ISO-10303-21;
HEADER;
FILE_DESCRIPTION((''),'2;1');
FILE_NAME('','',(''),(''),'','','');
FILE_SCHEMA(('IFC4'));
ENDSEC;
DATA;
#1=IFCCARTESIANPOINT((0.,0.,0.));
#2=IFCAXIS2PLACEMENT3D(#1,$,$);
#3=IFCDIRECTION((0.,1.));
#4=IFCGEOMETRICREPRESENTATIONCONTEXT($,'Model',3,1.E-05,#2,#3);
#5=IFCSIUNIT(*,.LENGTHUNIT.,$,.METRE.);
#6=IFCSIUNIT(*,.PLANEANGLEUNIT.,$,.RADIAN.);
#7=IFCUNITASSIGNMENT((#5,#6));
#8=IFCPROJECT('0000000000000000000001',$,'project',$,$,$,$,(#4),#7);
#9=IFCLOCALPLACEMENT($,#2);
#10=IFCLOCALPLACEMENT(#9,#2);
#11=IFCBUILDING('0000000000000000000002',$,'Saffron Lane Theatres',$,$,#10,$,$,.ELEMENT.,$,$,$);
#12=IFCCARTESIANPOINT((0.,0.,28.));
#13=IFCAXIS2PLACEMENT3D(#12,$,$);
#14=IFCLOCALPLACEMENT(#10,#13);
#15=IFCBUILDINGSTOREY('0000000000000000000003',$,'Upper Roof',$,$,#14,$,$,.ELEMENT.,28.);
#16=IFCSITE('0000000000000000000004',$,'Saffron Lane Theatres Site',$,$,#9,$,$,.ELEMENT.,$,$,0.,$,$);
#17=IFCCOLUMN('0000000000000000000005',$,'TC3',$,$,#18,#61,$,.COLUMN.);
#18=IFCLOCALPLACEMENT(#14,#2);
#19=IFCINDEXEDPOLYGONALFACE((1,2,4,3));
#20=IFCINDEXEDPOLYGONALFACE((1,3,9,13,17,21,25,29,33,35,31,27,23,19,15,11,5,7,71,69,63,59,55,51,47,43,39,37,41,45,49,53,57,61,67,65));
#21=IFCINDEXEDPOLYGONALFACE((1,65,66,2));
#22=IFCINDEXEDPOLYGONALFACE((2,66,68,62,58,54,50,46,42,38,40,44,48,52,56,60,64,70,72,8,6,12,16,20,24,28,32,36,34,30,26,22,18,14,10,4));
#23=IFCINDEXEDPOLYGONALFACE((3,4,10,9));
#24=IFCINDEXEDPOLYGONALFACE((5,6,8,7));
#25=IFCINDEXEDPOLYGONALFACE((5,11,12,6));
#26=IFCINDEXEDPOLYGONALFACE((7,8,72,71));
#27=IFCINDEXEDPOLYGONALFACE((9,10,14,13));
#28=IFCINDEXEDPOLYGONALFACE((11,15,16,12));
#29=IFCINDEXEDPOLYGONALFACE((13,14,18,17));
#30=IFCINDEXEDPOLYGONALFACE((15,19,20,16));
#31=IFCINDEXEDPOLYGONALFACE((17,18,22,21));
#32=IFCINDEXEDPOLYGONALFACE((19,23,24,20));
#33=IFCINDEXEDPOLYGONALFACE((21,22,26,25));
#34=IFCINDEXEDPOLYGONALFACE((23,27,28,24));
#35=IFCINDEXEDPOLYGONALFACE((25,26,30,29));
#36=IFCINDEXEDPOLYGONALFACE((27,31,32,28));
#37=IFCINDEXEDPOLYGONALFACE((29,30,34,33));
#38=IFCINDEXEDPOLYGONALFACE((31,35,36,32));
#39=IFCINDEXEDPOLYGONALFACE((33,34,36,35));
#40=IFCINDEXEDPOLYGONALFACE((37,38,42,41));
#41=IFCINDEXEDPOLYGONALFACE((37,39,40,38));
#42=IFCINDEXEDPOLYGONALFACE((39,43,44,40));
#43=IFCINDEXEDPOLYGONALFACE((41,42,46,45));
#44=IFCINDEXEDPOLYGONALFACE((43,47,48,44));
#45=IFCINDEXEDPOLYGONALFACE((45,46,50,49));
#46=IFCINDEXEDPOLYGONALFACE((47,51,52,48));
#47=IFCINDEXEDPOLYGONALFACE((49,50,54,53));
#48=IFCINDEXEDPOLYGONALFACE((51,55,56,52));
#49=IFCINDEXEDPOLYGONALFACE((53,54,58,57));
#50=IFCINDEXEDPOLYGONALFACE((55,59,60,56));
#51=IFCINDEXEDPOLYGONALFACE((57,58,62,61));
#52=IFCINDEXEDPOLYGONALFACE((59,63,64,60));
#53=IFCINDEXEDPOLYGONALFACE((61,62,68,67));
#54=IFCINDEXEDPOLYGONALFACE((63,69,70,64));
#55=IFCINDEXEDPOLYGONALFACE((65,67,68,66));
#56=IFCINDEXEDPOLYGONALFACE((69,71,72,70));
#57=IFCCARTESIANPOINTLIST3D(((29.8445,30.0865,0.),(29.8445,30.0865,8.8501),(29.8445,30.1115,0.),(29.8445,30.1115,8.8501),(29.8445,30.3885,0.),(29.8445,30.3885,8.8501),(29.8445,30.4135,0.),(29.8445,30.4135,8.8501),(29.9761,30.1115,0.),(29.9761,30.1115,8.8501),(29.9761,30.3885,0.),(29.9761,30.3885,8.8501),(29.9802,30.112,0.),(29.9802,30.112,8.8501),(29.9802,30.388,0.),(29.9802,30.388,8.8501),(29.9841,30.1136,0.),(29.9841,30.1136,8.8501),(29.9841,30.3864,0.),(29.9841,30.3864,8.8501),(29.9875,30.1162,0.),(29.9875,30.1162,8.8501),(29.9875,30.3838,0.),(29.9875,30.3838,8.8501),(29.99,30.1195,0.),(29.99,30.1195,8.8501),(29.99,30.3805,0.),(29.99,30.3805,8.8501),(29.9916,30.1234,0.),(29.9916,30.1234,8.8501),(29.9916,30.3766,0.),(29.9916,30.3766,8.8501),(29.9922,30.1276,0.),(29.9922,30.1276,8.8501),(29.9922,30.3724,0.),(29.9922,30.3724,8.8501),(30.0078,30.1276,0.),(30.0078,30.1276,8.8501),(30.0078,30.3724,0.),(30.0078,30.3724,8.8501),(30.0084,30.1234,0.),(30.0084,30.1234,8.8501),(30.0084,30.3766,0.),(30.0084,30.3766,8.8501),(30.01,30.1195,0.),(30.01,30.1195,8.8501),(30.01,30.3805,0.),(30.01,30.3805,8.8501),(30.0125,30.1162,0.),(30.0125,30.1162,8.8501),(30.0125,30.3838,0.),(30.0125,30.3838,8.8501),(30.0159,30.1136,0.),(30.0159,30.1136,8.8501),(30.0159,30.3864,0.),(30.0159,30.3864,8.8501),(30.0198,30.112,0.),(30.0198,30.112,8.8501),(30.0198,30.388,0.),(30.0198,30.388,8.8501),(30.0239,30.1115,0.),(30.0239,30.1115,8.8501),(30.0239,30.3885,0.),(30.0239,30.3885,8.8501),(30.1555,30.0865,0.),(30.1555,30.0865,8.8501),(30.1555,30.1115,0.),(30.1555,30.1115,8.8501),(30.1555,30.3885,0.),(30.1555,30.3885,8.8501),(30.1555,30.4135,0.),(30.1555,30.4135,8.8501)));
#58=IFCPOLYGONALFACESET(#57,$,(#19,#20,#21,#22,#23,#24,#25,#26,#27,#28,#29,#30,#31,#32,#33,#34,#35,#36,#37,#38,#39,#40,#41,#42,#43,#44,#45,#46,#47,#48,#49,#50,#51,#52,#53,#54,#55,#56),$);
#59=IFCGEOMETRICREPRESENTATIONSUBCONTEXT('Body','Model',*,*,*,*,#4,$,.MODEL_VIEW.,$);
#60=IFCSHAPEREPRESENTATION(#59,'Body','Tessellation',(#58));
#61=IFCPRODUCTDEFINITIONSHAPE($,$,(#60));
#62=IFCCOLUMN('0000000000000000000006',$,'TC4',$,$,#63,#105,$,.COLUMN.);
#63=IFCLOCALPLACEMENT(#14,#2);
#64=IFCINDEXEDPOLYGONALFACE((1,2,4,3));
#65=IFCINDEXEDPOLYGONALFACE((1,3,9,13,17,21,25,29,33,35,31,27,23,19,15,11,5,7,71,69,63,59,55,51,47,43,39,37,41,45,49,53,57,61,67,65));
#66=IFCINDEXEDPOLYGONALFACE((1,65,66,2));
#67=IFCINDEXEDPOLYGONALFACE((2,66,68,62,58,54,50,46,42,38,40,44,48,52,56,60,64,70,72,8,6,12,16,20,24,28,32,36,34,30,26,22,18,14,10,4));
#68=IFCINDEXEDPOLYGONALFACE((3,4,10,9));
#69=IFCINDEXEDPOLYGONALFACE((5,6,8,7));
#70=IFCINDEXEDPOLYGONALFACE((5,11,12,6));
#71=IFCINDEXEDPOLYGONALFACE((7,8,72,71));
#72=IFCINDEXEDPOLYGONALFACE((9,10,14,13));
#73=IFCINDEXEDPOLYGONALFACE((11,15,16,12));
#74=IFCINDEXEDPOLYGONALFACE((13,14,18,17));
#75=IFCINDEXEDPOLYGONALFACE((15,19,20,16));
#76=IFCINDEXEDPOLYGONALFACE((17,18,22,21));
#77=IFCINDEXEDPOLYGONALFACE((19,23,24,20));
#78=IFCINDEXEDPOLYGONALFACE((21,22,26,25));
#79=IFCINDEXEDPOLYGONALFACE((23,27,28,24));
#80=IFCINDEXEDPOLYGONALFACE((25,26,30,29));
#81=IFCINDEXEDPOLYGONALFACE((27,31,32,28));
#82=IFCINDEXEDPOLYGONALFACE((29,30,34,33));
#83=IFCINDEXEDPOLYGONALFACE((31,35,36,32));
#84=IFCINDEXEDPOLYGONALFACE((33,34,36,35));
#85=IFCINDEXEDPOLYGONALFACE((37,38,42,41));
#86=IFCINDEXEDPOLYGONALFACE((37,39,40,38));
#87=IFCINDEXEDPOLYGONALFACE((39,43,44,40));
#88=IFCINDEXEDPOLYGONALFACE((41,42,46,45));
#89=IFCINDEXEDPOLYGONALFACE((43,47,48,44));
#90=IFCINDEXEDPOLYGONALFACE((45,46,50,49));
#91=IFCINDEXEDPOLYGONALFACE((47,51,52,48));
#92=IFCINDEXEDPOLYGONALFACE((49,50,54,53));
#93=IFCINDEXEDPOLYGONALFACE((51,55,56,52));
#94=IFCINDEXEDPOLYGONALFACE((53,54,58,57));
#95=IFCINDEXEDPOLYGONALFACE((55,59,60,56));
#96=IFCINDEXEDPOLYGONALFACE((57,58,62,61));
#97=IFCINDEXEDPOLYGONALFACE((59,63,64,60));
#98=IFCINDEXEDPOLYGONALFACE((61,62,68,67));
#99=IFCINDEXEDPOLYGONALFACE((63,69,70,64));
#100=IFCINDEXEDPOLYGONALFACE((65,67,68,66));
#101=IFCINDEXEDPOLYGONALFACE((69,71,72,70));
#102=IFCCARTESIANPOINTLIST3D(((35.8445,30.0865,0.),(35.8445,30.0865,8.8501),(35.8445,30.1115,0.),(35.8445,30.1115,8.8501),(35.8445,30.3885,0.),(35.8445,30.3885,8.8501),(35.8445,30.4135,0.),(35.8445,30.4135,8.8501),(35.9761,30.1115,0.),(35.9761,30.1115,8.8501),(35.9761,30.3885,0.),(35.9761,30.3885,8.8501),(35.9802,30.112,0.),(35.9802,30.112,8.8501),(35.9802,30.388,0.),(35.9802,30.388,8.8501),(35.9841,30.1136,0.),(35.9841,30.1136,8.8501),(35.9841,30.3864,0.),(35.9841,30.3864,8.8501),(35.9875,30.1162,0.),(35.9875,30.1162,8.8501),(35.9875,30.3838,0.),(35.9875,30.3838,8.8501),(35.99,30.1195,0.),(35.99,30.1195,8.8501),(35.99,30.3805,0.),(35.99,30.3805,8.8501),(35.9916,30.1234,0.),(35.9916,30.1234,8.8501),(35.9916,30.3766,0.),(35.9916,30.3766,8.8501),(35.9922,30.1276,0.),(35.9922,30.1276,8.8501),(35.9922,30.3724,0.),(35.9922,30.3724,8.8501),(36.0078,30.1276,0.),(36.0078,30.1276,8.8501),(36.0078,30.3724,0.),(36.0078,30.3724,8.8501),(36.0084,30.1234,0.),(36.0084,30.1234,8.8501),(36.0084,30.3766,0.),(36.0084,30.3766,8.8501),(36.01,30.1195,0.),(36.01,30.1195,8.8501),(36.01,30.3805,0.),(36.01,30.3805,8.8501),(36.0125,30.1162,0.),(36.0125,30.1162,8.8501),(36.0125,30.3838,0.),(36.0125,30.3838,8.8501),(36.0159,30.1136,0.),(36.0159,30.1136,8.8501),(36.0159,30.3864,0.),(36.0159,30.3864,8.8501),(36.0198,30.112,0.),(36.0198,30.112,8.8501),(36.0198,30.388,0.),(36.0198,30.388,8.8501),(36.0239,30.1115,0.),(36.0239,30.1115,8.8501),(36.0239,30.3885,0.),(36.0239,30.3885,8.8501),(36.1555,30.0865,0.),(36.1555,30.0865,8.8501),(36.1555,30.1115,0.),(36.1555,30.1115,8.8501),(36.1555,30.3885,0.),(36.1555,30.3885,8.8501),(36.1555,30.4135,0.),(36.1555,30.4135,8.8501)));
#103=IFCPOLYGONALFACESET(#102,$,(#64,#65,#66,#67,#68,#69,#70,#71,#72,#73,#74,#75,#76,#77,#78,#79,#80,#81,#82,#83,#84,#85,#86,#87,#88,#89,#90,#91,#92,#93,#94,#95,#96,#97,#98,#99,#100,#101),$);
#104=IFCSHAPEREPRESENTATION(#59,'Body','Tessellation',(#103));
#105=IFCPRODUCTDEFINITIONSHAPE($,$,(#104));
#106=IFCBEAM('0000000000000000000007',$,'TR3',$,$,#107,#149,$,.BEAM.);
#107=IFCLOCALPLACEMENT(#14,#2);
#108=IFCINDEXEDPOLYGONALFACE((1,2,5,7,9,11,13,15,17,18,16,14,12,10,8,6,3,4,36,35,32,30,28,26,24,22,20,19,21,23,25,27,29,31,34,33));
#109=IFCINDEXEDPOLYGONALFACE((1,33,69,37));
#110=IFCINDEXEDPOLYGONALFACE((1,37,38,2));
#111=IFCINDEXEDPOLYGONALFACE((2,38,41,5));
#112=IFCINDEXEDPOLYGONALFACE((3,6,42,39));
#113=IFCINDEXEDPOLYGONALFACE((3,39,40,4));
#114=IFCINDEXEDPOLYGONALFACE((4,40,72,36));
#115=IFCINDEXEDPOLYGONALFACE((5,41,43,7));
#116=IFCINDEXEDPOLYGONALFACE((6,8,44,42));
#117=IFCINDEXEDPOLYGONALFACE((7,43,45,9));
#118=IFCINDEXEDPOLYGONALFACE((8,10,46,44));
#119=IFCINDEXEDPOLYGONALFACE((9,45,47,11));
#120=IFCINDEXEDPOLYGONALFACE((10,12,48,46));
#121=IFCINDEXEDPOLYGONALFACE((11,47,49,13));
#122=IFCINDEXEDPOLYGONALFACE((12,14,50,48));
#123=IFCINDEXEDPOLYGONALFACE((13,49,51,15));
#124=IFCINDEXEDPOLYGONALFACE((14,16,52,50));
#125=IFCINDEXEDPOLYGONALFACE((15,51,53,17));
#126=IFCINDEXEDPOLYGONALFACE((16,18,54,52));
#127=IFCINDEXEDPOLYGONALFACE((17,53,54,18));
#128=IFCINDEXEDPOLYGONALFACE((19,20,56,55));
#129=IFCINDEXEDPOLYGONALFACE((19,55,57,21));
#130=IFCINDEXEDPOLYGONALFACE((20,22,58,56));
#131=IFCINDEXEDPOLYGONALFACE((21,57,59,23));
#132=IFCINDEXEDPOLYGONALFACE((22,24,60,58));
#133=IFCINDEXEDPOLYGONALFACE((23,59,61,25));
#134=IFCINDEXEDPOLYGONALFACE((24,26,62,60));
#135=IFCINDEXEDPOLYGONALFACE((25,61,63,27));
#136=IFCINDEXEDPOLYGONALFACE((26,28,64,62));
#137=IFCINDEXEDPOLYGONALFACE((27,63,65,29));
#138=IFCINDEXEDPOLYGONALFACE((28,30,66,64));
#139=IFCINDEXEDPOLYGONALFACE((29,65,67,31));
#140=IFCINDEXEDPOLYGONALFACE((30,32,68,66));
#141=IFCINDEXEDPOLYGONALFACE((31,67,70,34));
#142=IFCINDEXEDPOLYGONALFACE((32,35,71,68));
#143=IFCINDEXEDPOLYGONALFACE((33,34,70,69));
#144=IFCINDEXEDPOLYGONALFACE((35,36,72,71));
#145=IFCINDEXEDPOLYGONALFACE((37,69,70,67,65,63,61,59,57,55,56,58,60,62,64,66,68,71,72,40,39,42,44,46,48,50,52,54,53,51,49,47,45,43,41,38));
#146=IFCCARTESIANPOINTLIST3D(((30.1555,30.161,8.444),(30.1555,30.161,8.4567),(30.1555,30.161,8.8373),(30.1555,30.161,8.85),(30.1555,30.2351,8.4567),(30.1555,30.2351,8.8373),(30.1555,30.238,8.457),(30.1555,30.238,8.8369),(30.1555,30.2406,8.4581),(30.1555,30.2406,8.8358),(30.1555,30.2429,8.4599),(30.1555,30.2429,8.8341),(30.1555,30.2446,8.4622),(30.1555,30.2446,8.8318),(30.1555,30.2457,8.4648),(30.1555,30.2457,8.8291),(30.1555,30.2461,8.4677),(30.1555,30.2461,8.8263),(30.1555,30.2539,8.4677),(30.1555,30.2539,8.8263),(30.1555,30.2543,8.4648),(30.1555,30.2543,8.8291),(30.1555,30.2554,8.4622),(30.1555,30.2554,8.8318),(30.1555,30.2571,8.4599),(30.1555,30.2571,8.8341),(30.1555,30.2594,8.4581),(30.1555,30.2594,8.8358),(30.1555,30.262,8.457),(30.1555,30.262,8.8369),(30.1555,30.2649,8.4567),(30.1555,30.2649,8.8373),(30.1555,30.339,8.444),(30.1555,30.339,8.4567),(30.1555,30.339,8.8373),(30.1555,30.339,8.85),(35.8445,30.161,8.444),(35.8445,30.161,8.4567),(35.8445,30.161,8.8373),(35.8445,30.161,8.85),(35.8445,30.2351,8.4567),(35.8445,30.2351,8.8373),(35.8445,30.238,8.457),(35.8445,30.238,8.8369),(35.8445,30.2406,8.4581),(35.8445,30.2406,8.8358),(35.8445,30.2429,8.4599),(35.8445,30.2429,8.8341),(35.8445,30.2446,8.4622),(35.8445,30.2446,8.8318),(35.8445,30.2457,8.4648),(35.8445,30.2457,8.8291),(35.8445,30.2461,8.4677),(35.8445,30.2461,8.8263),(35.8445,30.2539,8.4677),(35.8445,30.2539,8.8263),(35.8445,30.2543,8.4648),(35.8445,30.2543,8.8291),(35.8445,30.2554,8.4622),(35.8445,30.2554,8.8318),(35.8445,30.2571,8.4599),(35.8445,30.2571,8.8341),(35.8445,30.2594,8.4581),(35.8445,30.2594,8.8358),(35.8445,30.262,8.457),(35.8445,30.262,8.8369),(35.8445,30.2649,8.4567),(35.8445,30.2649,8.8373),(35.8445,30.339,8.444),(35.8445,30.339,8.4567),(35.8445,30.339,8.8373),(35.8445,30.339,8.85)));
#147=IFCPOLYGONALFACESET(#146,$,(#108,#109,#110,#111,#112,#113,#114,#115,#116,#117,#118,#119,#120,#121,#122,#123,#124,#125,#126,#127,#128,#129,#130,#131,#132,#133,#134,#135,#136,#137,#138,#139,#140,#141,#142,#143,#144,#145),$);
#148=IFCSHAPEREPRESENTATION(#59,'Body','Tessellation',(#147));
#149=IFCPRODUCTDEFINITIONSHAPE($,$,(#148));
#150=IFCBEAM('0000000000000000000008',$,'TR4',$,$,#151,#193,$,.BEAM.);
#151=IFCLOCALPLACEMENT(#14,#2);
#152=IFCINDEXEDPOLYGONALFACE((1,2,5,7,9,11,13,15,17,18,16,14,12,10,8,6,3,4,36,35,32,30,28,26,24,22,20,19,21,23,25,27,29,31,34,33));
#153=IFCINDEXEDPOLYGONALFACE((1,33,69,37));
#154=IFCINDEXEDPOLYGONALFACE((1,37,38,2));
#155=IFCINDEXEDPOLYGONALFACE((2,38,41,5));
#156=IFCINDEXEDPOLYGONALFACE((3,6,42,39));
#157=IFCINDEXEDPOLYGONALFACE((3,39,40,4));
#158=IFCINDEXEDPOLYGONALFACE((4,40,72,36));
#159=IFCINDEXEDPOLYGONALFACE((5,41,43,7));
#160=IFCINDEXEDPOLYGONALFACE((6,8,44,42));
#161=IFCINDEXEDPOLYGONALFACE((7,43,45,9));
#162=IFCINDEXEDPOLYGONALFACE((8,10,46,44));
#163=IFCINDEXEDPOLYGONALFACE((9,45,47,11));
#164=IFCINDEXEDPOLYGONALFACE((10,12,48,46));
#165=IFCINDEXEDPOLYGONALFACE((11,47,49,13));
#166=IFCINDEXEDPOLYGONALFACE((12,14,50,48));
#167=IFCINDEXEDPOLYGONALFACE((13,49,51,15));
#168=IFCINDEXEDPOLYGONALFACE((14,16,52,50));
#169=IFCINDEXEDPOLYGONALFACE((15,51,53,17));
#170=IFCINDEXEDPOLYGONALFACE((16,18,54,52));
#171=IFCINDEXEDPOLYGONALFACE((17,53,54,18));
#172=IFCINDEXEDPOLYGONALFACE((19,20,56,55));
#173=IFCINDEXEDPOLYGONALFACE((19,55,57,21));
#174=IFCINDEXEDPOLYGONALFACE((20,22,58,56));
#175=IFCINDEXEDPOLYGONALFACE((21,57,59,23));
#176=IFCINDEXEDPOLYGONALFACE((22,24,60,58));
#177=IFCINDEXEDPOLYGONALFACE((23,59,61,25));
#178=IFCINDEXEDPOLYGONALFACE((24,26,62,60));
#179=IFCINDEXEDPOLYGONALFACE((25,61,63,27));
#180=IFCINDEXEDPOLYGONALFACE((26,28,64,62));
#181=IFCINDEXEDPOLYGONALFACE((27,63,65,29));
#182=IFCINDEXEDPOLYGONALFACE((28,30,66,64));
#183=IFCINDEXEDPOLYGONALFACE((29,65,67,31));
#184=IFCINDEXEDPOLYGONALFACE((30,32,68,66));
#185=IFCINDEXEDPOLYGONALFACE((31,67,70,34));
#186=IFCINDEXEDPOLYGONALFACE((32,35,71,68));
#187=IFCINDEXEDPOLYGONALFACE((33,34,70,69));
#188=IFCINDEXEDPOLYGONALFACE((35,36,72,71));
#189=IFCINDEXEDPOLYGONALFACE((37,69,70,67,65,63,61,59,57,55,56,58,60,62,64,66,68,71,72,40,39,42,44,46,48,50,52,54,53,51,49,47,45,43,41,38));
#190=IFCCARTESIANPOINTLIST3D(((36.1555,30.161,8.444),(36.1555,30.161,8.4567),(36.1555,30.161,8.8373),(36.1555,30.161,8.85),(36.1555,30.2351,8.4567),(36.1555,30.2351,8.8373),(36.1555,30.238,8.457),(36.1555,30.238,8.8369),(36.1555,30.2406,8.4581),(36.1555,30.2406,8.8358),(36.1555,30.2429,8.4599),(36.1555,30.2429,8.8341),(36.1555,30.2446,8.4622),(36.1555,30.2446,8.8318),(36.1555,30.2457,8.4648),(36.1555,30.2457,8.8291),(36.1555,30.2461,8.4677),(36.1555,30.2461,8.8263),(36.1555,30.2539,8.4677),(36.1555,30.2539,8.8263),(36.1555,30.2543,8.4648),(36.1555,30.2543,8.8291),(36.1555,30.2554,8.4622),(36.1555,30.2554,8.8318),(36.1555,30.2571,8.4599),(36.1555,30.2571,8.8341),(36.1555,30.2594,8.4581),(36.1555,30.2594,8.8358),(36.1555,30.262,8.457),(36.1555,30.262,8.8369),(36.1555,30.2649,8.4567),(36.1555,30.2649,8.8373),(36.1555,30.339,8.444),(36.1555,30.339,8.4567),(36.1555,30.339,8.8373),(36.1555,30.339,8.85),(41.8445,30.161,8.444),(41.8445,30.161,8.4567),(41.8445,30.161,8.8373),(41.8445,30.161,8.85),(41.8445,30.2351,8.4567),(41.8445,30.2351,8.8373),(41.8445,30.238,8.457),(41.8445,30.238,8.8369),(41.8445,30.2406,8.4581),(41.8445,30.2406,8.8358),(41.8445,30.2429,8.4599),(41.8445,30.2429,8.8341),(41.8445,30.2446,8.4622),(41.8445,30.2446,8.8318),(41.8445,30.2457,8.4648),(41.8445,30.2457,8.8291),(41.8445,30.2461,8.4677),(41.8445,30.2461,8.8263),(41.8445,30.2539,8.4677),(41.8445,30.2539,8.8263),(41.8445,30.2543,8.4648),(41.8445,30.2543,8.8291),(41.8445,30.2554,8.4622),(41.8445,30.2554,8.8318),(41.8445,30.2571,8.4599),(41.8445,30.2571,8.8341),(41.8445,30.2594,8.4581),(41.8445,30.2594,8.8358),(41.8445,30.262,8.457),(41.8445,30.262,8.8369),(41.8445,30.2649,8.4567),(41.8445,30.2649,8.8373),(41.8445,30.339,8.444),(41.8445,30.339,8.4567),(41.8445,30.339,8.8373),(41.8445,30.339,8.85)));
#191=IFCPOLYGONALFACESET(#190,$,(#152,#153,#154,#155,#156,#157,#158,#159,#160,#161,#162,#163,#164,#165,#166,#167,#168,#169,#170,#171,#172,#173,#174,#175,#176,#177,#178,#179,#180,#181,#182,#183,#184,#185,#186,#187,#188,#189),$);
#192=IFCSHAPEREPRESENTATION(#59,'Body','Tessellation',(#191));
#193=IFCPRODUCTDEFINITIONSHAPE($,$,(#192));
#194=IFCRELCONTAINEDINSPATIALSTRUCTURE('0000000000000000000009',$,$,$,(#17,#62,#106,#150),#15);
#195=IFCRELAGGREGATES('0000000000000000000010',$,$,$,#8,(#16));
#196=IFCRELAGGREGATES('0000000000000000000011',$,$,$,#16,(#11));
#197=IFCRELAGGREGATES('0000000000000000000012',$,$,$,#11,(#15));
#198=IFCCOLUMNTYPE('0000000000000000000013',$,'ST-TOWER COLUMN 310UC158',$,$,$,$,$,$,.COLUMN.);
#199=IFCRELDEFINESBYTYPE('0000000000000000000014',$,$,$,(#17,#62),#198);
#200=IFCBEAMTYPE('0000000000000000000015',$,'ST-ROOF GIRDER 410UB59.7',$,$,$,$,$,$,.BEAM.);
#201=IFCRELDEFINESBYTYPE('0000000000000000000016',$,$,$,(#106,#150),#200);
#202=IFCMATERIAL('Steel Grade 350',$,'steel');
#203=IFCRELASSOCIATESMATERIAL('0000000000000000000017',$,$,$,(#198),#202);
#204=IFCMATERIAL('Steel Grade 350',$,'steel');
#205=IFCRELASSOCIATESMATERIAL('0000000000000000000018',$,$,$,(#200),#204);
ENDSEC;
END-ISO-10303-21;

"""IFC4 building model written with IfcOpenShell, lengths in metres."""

from ifc_helpers import new_model, si_unit, direction, frame, origin, origin_2d, place, context, subcontext, project, spatial, i_section, extrude, material, material_profile, profile_set, type_object, element, save


model = new_model("IFC4")

# Units and contexts
model_context = context("Model", 3, precision=1e-05, world=origin(), true_north=direction((0.0, 1.0)))
body_context = subcontext(model_context, "Body", "Model", "MODEL_VIEW")
ifc_project = project(units=[si_unit("LENGTHUNIT", "METRE"), si_unit("PLANEANGLEUNIT", "RADIAN")], contexts=[model_context])

# Site, building, storey
site_placement = place(None, origin())
site = spatial("IfcSite", under=ifc_project, at=site_placement, Name="Saffron Lane Theatres Site", CompositionType="ELEMENT", RefElevation=0.0)
building_placement = place(site_placement, origin())
building = spatial("IfcBuilding", under=site, at=building_placement, Name="Saffron Lane Theatres", CompositionType="ELEMENT")
storey_placement = place(building_placement, frame((0.0, 0.0, 28.0)))
storey = spatial("IfcBuildingStorey", under=building, at=storey_placement, Name="Upper Roof", CompositionType="ELEMENT", Elevation=28.0)

# Columns
ifc_material_1 = material(Name="Steel Grade 350", Category="steel")
ifc_material_profile_1 = material_profile(ifc_material_1, i_section(OverallWidth=0.311, OverallDepth=0.3269, WebThickness=0.0156, FlangeThickness=0.0249, FilletRadius=0.0161, at=origin_2d()))
ifc_profile_set_1 = profile_set([ifc_material_profile_1], Name="Steel Grade 350")
column_type = type_object("IfcColumnType", Name="ST-TOWER COLUMN 310UC158", PredefinedType="COLUMN", material=ifc_profile_set_1)
for number, where, z_axis, x_axis, name in (
    (1, (30.0, 30.25, 0.0), (0.0, 0.0, 1.0), (1.0, 0.0, 0.0), "TC3"),
    (2, (36.0, 30.25, 0.0), (0.0, 0.0, 1.0), (1.0, 0.0, 0.0), "TC4"),
):
    element("IfcColumn", number, at=place(storey_placement, frame(where, z_axis=z_axis, x_axis=x_axis)), inside=storey, type_object=column_type, Name=name, PredefinedType="COLUMN", context=body_context, shape_type="SweptSolid", body=[
        extrude(i_section(OverallWidth=0.311, OverallDepth=0.3269, WebThickness=0.0156, FlangeThickness=0.0249, FilletRadius=0.0161, at=origin_2d()), origin(), (0.0, 0.0, 1.0), 8.8501),
    ])

# Beams
ifc_material_2 = material(Name="Steel Grade 350", Category="steel")
ifc_material_profile_2 = material_profile(ifc_material_2, i_section(OverallWidth=0.178, OverallDepth=0.406, WebThickness=0.0078, FlangeThickness=0.0127, FilletRadius=0.011, at=origin_2d()))
ifc_profile_set_2 = profile_set([ifc_material_profile_2], Name="Steel Grade 350")
beam_type_1 = type_object("IfcBeamType", Name="ST-ROOF GIRDER 410UB59.7", PredefinedType="BEAM", material=ifc_profile_set_2)
for number, where, z_axis, x_axis, name in (
    (3, (30.1555, 30.25, 8.647), (1.0, 0.0, 0.0), (0.0, 1.0, 0.0), "TR3"),
    (4, (36.1555, 30.25, 8.647), (1.0, 0.0, 0.0), (0.0, 1.0, 0.0), "TR4"),
):
    element("IfcBeam", number, at=place(storey_placement, frame(where, z_axis=z_axis, x_axis=x_axis)), inside=storey, type_object=beam_type_1, Name=name, PredefinedType="BEAM", context=body_context, shape_type="SweptSolid", body=[
        extrude(i_section(OverallWidth=0.178, OverallDepth=0.406, WebThickness=0.0078, FlangeThickness=0.0127, FilletRadius=0.011, at=origin_2d()), origin(), (0.0, 0.0, 1.0), 5.689),
    ])

save(model, "model.ifc")
